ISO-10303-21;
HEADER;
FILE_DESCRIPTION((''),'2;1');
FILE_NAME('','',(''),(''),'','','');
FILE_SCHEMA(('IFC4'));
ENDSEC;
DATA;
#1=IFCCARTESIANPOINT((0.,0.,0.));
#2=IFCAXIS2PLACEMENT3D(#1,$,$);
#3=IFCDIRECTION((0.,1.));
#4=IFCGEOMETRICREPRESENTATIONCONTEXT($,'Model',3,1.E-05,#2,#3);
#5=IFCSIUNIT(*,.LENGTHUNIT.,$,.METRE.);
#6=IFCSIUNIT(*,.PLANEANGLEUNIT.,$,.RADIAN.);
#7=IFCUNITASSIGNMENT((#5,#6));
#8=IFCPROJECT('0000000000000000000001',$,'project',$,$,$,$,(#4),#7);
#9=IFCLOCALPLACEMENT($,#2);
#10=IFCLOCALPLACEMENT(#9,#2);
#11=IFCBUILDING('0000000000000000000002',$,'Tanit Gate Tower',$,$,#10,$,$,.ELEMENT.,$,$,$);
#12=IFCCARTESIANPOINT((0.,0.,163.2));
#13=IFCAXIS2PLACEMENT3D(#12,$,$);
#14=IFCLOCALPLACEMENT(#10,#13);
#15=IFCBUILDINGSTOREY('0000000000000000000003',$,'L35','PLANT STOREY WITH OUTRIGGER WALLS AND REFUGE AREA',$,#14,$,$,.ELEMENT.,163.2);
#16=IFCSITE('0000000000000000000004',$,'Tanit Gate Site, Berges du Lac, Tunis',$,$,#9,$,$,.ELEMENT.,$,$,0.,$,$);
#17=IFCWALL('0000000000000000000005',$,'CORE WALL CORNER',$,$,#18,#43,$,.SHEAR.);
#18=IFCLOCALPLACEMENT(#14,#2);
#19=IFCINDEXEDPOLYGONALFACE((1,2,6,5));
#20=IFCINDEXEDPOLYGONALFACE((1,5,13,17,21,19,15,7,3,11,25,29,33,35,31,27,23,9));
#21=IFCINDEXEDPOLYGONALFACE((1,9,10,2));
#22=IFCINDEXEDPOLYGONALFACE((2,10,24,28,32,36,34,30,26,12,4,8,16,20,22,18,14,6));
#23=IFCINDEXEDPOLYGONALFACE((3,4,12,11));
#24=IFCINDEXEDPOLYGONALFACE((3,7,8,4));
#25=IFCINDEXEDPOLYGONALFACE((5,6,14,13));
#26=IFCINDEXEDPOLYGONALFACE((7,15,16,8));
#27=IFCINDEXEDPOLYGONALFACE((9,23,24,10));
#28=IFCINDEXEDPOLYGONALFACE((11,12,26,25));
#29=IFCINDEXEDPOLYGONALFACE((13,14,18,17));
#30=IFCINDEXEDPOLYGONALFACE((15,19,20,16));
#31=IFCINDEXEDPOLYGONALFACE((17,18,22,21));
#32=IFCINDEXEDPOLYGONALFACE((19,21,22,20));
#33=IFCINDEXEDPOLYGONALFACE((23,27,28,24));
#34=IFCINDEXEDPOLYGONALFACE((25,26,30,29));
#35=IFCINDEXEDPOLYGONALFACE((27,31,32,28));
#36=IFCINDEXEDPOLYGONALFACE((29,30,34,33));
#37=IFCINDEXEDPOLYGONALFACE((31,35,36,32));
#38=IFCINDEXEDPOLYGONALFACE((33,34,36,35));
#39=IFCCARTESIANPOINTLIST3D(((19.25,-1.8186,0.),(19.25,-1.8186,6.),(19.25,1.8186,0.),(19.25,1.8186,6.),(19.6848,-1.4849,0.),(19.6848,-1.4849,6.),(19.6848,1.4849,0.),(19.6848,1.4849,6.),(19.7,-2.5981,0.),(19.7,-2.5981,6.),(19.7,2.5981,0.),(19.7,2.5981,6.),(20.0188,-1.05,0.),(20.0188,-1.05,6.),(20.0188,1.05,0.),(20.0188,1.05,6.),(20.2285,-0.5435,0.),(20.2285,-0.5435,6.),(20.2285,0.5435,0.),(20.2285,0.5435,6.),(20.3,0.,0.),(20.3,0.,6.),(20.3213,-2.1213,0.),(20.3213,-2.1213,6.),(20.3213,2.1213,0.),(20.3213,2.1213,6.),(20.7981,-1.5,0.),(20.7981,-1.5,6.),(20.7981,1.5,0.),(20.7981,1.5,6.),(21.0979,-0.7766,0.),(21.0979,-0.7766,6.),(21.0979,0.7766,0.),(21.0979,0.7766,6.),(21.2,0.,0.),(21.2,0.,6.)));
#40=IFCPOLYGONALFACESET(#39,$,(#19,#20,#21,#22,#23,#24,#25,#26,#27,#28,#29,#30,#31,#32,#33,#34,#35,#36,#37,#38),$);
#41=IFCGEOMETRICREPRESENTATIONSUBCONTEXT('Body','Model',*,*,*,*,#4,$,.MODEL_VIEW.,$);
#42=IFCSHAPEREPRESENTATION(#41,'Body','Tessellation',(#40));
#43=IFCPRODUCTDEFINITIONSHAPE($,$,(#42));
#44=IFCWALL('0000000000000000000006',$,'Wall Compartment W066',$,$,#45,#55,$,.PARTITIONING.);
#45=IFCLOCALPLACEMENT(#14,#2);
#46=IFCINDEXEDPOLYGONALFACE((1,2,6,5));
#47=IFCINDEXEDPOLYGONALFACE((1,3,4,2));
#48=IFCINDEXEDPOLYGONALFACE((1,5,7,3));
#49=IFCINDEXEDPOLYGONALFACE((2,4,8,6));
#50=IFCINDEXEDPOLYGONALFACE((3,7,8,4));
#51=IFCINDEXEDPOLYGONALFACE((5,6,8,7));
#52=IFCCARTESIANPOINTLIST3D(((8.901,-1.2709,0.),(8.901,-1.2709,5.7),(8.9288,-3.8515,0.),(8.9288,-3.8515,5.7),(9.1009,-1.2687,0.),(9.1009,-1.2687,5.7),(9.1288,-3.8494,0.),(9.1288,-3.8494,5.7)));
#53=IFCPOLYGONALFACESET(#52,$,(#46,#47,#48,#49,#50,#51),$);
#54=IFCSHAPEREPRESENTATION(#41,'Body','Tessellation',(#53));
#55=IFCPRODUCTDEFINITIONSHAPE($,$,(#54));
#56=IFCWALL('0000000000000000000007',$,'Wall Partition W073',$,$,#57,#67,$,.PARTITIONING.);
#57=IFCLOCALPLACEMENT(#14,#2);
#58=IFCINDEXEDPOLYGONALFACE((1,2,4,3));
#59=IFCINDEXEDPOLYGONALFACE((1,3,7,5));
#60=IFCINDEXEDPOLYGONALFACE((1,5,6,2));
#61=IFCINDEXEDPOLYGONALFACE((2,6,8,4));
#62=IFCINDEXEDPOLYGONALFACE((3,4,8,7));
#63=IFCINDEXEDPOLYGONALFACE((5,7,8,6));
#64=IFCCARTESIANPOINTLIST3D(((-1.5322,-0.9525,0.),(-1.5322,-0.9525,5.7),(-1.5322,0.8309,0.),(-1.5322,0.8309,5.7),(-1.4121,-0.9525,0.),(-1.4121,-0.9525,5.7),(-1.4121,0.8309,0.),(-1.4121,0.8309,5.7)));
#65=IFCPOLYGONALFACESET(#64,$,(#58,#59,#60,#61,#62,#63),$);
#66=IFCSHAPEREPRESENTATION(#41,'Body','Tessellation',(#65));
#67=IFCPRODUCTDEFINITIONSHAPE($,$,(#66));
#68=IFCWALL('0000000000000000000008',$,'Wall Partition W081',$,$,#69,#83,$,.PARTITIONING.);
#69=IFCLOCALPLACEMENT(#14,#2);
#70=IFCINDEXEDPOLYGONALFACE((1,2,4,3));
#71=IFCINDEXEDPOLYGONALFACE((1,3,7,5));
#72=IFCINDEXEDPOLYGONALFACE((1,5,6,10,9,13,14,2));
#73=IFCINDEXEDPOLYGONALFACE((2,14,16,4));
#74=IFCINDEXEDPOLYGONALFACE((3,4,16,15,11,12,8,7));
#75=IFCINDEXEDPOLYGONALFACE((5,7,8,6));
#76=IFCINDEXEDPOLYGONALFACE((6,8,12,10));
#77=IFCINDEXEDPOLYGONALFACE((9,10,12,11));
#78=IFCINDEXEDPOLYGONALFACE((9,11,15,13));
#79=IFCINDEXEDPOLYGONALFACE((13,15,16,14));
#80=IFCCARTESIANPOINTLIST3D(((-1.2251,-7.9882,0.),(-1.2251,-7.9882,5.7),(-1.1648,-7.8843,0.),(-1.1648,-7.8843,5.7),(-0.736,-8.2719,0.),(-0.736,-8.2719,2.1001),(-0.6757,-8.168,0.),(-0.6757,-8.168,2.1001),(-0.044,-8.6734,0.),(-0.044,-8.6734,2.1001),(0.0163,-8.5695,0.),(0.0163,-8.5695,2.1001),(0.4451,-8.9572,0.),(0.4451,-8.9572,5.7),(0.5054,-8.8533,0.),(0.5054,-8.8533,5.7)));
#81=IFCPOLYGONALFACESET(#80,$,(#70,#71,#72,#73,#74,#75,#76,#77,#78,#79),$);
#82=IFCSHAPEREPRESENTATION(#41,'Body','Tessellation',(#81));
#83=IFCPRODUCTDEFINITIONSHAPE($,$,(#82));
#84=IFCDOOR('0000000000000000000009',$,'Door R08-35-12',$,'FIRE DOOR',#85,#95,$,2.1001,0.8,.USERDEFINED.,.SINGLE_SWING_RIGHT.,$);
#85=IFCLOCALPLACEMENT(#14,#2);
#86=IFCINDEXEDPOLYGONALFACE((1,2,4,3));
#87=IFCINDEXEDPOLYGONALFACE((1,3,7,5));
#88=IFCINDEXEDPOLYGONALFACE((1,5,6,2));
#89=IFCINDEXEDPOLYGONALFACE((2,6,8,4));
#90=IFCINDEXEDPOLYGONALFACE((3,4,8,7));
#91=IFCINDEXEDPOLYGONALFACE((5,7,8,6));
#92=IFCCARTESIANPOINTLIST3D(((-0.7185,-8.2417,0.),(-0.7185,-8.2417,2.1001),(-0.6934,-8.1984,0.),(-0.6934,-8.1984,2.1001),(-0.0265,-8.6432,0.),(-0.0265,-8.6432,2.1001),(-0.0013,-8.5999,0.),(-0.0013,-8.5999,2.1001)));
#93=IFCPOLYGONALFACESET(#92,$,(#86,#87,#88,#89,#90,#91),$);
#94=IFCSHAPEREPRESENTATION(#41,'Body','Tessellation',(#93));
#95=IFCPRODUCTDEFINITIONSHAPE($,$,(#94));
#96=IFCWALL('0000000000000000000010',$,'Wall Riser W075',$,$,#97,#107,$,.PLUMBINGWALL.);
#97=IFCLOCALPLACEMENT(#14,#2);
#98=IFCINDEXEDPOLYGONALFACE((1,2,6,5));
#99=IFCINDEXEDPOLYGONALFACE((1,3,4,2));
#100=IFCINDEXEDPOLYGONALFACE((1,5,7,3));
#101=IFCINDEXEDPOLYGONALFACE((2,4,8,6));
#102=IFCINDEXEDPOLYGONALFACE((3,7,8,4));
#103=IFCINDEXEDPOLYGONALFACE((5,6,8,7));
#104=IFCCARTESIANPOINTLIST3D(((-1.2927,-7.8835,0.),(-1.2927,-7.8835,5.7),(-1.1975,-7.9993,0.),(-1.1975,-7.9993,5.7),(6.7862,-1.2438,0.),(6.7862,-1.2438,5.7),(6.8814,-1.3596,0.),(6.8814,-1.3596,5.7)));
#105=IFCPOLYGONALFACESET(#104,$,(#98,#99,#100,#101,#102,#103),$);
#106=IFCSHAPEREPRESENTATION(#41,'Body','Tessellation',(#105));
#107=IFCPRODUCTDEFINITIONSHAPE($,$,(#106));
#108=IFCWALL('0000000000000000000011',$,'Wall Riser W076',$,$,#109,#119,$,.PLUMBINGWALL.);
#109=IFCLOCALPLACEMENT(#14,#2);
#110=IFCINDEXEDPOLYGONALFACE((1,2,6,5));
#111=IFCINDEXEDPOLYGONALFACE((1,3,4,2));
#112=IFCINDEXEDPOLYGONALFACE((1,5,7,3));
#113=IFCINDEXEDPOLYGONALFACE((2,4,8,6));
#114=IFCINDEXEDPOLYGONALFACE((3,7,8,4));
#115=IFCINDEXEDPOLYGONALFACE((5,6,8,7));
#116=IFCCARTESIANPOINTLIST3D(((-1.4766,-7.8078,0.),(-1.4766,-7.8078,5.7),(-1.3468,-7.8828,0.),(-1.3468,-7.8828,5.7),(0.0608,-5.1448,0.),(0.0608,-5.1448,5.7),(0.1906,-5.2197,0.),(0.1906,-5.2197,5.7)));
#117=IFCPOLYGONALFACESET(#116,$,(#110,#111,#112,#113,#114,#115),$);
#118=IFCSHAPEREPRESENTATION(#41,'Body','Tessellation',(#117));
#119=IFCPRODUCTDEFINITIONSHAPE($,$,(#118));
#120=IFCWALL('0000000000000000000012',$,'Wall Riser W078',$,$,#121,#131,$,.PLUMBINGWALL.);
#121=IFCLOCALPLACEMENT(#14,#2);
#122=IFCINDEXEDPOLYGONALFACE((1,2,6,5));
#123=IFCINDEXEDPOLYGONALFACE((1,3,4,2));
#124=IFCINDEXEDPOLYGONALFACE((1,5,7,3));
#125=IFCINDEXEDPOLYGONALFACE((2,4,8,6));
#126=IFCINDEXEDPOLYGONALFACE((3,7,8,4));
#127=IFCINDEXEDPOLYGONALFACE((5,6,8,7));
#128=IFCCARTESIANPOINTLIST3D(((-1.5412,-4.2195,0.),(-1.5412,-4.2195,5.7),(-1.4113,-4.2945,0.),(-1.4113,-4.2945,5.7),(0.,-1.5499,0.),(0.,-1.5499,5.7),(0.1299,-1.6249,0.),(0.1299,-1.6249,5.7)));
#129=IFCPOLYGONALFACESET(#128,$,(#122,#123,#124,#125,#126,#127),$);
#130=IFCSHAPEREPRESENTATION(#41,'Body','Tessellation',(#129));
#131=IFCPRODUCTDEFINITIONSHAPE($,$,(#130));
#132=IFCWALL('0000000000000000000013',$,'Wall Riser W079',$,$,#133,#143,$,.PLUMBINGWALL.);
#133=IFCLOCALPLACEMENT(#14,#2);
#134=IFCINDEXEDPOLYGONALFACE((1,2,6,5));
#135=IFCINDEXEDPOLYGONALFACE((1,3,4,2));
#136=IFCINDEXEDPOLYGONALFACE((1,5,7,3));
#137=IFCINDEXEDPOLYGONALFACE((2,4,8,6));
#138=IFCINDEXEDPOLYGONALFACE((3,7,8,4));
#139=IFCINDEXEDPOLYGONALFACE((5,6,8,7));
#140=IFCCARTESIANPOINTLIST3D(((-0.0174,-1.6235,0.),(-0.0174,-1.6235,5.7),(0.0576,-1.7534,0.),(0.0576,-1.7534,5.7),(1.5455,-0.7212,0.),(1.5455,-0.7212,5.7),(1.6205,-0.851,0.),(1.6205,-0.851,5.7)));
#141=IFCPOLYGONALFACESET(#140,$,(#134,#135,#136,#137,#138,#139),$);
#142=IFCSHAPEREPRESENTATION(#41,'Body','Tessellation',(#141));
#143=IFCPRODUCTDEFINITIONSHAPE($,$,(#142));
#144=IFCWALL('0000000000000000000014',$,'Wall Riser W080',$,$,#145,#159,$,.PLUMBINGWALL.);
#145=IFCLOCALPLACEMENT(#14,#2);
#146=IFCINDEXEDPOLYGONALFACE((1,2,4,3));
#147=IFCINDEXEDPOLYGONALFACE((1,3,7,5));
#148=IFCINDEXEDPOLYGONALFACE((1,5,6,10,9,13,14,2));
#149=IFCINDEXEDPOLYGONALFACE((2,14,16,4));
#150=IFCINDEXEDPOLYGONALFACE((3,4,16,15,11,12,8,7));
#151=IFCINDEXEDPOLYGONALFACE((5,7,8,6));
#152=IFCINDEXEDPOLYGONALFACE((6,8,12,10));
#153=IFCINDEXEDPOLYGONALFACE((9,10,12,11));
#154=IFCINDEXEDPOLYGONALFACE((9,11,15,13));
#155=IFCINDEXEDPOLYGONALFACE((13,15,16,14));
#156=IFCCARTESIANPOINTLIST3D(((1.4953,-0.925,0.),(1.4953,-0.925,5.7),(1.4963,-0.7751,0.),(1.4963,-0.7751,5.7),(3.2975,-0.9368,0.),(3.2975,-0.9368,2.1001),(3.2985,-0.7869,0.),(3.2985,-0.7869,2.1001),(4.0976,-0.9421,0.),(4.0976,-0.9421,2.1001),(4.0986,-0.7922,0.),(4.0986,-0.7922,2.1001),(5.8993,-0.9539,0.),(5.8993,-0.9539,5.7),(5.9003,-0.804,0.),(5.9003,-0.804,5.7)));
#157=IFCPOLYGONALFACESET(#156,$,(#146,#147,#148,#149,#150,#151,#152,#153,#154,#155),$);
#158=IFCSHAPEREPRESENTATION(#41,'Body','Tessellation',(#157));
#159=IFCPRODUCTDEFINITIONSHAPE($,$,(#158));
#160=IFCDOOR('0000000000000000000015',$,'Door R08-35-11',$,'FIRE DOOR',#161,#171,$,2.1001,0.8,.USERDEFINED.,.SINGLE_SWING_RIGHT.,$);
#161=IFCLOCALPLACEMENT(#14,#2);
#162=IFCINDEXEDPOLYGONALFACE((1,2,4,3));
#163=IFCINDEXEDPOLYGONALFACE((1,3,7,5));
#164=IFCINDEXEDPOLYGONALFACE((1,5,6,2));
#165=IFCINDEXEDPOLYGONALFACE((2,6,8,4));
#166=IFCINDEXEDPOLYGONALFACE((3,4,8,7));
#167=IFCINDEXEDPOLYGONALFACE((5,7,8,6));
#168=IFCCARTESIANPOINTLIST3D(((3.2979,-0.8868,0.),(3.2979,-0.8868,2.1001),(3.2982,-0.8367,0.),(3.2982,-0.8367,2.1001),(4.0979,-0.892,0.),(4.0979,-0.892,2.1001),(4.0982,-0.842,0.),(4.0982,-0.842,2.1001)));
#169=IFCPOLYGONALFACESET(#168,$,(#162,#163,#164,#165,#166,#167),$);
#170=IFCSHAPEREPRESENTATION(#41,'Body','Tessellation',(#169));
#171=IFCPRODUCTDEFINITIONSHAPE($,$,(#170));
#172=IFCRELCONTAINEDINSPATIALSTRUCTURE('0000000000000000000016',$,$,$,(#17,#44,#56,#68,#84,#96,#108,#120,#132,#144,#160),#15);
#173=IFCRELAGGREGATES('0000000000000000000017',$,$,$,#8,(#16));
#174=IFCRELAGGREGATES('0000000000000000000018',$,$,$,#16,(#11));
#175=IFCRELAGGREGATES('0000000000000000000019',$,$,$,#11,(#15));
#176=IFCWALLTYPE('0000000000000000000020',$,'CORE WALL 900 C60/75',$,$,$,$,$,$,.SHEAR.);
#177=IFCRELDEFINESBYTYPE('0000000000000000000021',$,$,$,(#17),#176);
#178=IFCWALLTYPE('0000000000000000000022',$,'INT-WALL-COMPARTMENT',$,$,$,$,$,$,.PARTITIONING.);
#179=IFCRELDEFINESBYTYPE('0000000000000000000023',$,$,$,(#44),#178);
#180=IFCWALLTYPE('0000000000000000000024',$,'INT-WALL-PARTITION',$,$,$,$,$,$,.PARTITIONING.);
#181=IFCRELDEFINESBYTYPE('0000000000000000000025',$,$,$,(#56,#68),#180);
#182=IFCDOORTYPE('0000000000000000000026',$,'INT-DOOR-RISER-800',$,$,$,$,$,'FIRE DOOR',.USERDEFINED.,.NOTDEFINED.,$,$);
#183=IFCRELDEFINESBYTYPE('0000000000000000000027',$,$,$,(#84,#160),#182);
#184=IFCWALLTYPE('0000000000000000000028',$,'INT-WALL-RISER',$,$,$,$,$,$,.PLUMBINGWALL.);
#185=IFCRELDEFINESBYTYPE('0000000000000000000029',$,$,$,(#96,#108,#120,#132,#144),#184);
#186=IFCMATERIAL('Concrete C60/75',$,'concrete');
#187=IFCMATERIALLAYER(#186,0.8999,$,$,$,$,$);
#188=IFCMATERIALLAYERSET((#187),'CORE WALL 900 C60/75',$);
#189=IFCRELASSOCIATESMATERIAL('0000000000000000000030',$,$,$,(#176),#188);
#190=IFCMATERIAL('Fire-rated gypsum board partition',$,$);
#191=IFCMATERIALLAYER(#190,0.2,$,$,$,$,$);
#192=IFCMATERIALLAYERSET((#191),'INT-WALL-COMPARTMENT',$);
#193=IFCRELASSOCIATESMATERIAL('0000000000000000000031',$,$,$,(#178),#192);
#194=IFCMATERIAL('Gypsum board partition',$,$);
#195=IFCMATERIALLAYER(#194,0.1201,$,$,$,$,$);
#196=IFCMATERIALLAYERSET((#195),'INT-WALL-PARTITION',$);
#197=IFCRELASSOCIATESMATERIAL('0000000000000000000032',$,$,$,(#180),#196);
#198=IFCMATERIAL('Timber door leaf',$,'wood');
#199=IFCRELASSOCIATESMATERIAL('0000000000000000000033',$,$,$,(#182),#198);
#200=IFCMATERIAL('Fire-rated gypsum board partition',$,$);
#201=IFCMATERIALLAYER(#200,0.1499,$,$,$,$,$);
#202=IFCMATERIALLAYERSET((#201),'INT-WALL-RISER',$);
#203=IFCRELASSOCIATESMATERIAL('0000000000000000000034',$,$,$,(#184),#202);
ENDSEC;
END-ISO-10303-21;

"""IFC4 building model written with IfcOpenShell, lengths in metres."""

from ifc_helpers import new_model, si_unit, direction, frame, frame_2d, origin, place, context, subcontext, project, spatial, polyline, rectangle, outline, extrude, material, layer, layer_set, type_object, element, fill, save


model = new_model("IFC4")

# Units and contexts
model_context = context("Model", 3, precision=1e-05, world=origin(), true_north=direction((0.0, 1.0)))
body_context = subcontext(model_context, "Body", "Model", "MODEL_VIEW")
ifc_project = project(units=[si_unit("LENGTHUNIT", "METRE"), si_unit("PLANEANGLEUNIT", "RADIAN")], contexts=[model_context])

# Site, building, storey
site_placement = place(None, origin())
site = spatial("IfcSite", under=ifc_project, at=site_placement, Name="Tanit Gate Site, Berges du Lac, Tunis", CompositionType="ELEMENT", RefElevation=0.0)
building_placement = place(site_placement, origin())
building = spatial("IfcBuilding", under=site, at=building_placement, Name="Tanit Gate Tower", CompositionType="ELEMENT")
storey_placement = place(building_placement, frame((0.0, 0.0, 163.2)))
storey = spatial("IfcBuildingStorey", under=building, at=storey_placement, Name="L35", Description="PLANT STOREY WITH OUTRIGGER WALLS AND REFUGE AREA", CompositionType="ELEMENT", Elevation=163.2)

# Walls
ifc_material_1 = material(Name="Concrete C60/75", Category="concrete")
ifc_layer_1 = layer(ifc_material_1, 0.8999)
ifc_layer_set_1 = layer_set([ifc_layer_1], Name="CORE WALL 900 C60/75")
wall_type_1 = type_object("IfcWallType", Name="CORE WALL 900 C60/75", PredefinedType="SHEAR", material=ifc_layer_set_1)
wall_1_placement = place(storey_placement, origin())
element("IfcWall", 1, at=wall_1_placement, inside=storey, type_object=wall_type_1, Name="CORE WALL CORNER", PredefinedType="SHEAR", context=body_context, shape_type="SweptSolid", body=[
    extrude(outline(polyline([(19.7, -2.5981), (20.3213, -2.1213), (20.7981, -1.5), (21.0979, -0.7766), (21.2, 0.0), (21.0979, 0.7766), (20.7981, 1.5), (20.3213, 2.1213), (19.7, 2.5981), (19.25, 1.8186), (19.6848, 1.4849), (20.0188, 1.05), (20.2285, 0.5435), (20.3, 0.0), (20.2285, -0.5435), (20.0188, -1.05), (19.6848, -1.4849), (19.25, -1.8186), (19.7, -2.5981)])), origin(), (0.0, 0.0, 1.0), 6.0),
])
ifc_material_2 = material(Name="Fire-rated gypsum board partition")
ifc_layer_2 = layer(ifc_material_2, 0.2)
ifc_layer_set_2 = layer_set([ifc_layer_2], Name="INT-WALL-COMPARTMENT")
wall_type_2 = type_object("IfcWallType", Name="INT-WALL-COMPARTMENT", PredefinedType="PARTITIONING", material=ifc_layer_set_2)
wall_2_placement = place(storey_placement, frame((9.0288, -3.8506, 0.0), z_axis=(0.0, 0.0, 1.0), x_axis=(-0.010785, 0.999942, 0.0)))
element("IfcWall", 2, at=wall_2_placement, inside=storey, type_object=wall_type_2, Name="Wall Compartment W066", PredefinedType="PARTITIONING", context=body_context, shape_type="SweptSolid", body=[
    extrude(rectangle(XDim=2.5808, YDim=0.2, at=frame_2d((1.2905, 0.0))), origin(), (0.0, 0.0, 1.0), 5.7),
])
ifc_material_3 = material(Name="Gypsum board partition")
ifc_layer_3 = layer(ifc_material_3, 0.1201)
ifc_layer_set_3 = layer_set([ifc_layer_3], Name="INT-WALL-PARTITION")
wall_type_3 = type_object("IfcWallType", Name="INT-WALL-PARTITION", PredefinedType="PARTITIONING", material=ifc_layer_set_3)
wall_3_placement = place(storey_placement, frame((-1.4722, -0.9524, 0.0), z_axis=(0.0, 0.0, 1.0), x_axis=(0.0, 1.0, 0.0)))
element("IfcWall", 3, at=wall_3_placement, inside=storey, type_object=wall_type_3, Name="Wall Partition W073", PredefinedType="PARTITIONING", context=body_context, shape_type="SweptSolid", body=[
    extrude(rectangle(XDim=1.7834, YDim=0.1201, at=frame_2d((0.8916, 0.0))), origin(), (0.0, 0.0, 1.0), 5.7),
])

# Wall, opening, door
wall_4_placement = place(storey_placement, frame((-1.1948, -7.9363, 0.0), z_axis=(0.0, 0.0, 1.0), x_axis=(0.864964, -0.501834, 0.0)))
wall_4 = element("IfcWall", 4, at=wall_4_placement, inside=storey, type_object=wall_type_3, Name="Wall Partition W081", PredefinedType="PARTITIONING", context=body_context, shape_type="SweptSolid", body=[
    extrude(rectangle(XDim=1.9309, YDim=0.1201, at=frame_2d((0.9653, 0.0))), origin(), (0.0, 0.0, 1.0), 5.7),
])
opening_1_placement = place(wall_4_placement, frame((0.5654, 0.0, 0.0)))
opening_1 = element("IfcOpeningElement", 5, at=opening_1_placement, cuts=wall_4, PredefinedType="OPENING", context=body_context, shape_type="SweptSolid", body=[
    extrude(rectangle(XDim=0.8, YDim=2.1001, at=frame_2d((0.3999, 1.05))), frame((0.0, 0.0701, 0.0), z_axis=(0.0, -1.0, 0.0), x_axis=(1.0, 0.0, 0.0)), (0.0, 0.0, 1.0), 0.1401),
])
ifc_material_4 = material(Name="Timber door leaf", Category="wood")
door_type_1 = type_object("IfcDoorType", Name="INT-DOOR-RISER-800", ElementType="FIRE DOOR", OperationType="NOTDEFINED", PredefinedType="USERDEFINED", material=ifc_material_4)
door_1_placement = place(opening_1_placement, origin())
door_1 = element("IfcDoor", 6, at=door_1_placement, inside=storey, type_object=door_type_1, Name="Door R08-35-12", ObjectType="FIRE DOOR", OperationType="SINGLE_SWING_RIGHT", OverallHeight=2.1001, OverallWidth=0.8, PredefinedType="USERDEFINED", context=body_context, shape_type="SweptSolid", body=[
    extrude(rectangle(XDim=0.8, YDim=2.1001, at=frame_2d((0.3999, 1.05))), frame((0.0, 0.0249, 0.0), z_axis=(0.0, -1.0, 0.0), x_axis=(1.0, 0.0, 0.0)), (0.0, 0.0, 1.0), 0.05),
])
fill(opening_1, door_1)

# Walls
ifc_material_5 = material(Name="Fire-rated gypsum board partition")
ifc_layer_4 = layer(ifc_material_5, 0.1499)
ifc_layer_set_4 = layer_set([ifc_layer_4], Name="INT-WALL-RISER")
wall_type_4 = type_object("IfcWallType", Name="INT-WALL-RISER", PredefinedType="PLUMBINGWALL", material=ifc_layer_set_4)
wall_5_placement = place(storey_placement, frame((6.8337, -1.3018, 0.0), z_axis=(0.0, 0.0, 1.0), x_axis=(-0.772565, -0.634936, 0.0)))
element("IfcWall", 7, at=wall_5_placement, inside=storey, type_object=wall_type_4, Name="Wall Riser W075", PredefinedType="PLUMBINGWALL", context=body_context, shape_type="SweptSolid", body=[
    extrude(rectangle(XDim=10.4573, YDim=0.1499, at=frame_2d((5.2285, 0.0))), origin(), (0.0, 0.0, 1.0), 5.7),
])
wall_6_placement = place(storey_placement, frame((0.1257, -5.1821, 0.0), z_axis=(0.0, 0.0, 1.0), x_axis=(-0.499956, -0.866051, 0.0)))
element("IfcWall", 8, at=wall_6_placement, inside=storey, type_object=wall_type_4, Name="Wall Riser W076", PredefinedType="PLUMBINGWALL", context=body_context, shape_type="SweptSolid", body=[
    extrude(rectangle(XDim=3.075, YDim=0.1499, at=frame_2d((1.5376, 0.0))), origin(), (0.0, 0.0, 1.0), 5.7),
])
wall_7_placement = place(storey_placement, frame((0.0649, -1.5874, 0.0), z_axis=(0.0, 0.0, 1.0), x_axis=(-0.499981, -0.866037, 0.0)))
element("IfcWall", 9, at=wall_7_placement, inside=storey, type_object=wall_type_4, Name="Wall Riser W078", PredefinedType="PLUMBINGWALL", context=body_context, shape_type="SweptSolid", body=[
    extrude(rectangle(XDim=3.0825, YDim=0.1499, at=frame_2d((1.5413, 0.0))), origin(), (0.0, 0.0, 1.0), 5.7),
])
wall_8_placement = place(storey_placement, frame((1.583, -0.7861, 0.0), z_axis=(0.0, 0.0, 1.0), x_axis=(-0.866037, -0.49998, 0.0)))
element("IfcWall", 10, at=wall_8_placement, inside=storey, type_object=wall_type_4, Name="Wall Riser W079", PredefinedType="PLUMBINGWALL", context=body_context, shape_type="SweptSolid", body=[
    extrude(rectangle(XDim=1.8047, YDim=0.1499, at=frame_2d((0.9023, 0.0))), origin(), (0.0, 0.0, 1.0), 5.7),
])

# Wall, opening, door
wall_9_placement = place(storey_placement, frame((5.8999, -0.8789, 0.0), z_axis=(0.0, 0.0, 1.0), x_axis=(-0.999979, 0.006541, 0.0)))
wall_9 = element("IfcWall", 11, at=wall_9_placement, inside=storey, type_object=wall_type_4, Name="Wall Riser W080", PredefinedType="PLUMBINGWALL", context=body_context, shape_type="SweptSolid", body=[
    extrude(rectangle(XDim=4.4041, YDim=0.1499, at=frame_2d((2.2021, 0.0))), origin(), (0.0, 0.0, 1.0), 5.7),
])
opening_2_placement = place(wall_9_placement, frame((1.802, 0.0, 0.0)))
opening_2 = element("IfcOpeningElement", 12, at=opening_2_placement, cuts=wall_9, PredefinedType="OPENING", context=body_context, shape_type="SweptSolid", body=[
    extrude(rectangle(XDim=0.8, YDim=2.1001, at=frame_2d((0.3999, 1.05))), frame((0.0, 0.085, 0.0), z_axis=(0.0, -1.0, 0.0), x_axis=(1.0, 0.0, 0.0)), (0.0, 0.0, 1.0), 0.1699),
])
door_2_placement = place(opening_2_placement, origin())
door_2 = element("IfcDoor", 13, at=door_2_placement, inside=storey, type_object=door_type_1, Name="Door R08-35-11", ObjectType="FIRE DOOR", OperationType="SINGLE_SWING_RIGHT", OverallHeight=2.1001, OverallWidth=0.8, PredefinedType="USERDEFINED", context=body_context, shape_type="SweptSolid", body=[
    extrude(rectangle(XDim=0.8, YDim=2.1001, at=frame_2d((0.3999, 1.05))), frame((0.0, 0.0249, 0.0), z_axis=(0.0, -1.0, 0.0), x_axis=(1.0, 0.0, 0.0)), (0.0, 0.0, 1.0), 0.05),
])
fill(opening_2, door_2)

save(model, "model.ifc")
